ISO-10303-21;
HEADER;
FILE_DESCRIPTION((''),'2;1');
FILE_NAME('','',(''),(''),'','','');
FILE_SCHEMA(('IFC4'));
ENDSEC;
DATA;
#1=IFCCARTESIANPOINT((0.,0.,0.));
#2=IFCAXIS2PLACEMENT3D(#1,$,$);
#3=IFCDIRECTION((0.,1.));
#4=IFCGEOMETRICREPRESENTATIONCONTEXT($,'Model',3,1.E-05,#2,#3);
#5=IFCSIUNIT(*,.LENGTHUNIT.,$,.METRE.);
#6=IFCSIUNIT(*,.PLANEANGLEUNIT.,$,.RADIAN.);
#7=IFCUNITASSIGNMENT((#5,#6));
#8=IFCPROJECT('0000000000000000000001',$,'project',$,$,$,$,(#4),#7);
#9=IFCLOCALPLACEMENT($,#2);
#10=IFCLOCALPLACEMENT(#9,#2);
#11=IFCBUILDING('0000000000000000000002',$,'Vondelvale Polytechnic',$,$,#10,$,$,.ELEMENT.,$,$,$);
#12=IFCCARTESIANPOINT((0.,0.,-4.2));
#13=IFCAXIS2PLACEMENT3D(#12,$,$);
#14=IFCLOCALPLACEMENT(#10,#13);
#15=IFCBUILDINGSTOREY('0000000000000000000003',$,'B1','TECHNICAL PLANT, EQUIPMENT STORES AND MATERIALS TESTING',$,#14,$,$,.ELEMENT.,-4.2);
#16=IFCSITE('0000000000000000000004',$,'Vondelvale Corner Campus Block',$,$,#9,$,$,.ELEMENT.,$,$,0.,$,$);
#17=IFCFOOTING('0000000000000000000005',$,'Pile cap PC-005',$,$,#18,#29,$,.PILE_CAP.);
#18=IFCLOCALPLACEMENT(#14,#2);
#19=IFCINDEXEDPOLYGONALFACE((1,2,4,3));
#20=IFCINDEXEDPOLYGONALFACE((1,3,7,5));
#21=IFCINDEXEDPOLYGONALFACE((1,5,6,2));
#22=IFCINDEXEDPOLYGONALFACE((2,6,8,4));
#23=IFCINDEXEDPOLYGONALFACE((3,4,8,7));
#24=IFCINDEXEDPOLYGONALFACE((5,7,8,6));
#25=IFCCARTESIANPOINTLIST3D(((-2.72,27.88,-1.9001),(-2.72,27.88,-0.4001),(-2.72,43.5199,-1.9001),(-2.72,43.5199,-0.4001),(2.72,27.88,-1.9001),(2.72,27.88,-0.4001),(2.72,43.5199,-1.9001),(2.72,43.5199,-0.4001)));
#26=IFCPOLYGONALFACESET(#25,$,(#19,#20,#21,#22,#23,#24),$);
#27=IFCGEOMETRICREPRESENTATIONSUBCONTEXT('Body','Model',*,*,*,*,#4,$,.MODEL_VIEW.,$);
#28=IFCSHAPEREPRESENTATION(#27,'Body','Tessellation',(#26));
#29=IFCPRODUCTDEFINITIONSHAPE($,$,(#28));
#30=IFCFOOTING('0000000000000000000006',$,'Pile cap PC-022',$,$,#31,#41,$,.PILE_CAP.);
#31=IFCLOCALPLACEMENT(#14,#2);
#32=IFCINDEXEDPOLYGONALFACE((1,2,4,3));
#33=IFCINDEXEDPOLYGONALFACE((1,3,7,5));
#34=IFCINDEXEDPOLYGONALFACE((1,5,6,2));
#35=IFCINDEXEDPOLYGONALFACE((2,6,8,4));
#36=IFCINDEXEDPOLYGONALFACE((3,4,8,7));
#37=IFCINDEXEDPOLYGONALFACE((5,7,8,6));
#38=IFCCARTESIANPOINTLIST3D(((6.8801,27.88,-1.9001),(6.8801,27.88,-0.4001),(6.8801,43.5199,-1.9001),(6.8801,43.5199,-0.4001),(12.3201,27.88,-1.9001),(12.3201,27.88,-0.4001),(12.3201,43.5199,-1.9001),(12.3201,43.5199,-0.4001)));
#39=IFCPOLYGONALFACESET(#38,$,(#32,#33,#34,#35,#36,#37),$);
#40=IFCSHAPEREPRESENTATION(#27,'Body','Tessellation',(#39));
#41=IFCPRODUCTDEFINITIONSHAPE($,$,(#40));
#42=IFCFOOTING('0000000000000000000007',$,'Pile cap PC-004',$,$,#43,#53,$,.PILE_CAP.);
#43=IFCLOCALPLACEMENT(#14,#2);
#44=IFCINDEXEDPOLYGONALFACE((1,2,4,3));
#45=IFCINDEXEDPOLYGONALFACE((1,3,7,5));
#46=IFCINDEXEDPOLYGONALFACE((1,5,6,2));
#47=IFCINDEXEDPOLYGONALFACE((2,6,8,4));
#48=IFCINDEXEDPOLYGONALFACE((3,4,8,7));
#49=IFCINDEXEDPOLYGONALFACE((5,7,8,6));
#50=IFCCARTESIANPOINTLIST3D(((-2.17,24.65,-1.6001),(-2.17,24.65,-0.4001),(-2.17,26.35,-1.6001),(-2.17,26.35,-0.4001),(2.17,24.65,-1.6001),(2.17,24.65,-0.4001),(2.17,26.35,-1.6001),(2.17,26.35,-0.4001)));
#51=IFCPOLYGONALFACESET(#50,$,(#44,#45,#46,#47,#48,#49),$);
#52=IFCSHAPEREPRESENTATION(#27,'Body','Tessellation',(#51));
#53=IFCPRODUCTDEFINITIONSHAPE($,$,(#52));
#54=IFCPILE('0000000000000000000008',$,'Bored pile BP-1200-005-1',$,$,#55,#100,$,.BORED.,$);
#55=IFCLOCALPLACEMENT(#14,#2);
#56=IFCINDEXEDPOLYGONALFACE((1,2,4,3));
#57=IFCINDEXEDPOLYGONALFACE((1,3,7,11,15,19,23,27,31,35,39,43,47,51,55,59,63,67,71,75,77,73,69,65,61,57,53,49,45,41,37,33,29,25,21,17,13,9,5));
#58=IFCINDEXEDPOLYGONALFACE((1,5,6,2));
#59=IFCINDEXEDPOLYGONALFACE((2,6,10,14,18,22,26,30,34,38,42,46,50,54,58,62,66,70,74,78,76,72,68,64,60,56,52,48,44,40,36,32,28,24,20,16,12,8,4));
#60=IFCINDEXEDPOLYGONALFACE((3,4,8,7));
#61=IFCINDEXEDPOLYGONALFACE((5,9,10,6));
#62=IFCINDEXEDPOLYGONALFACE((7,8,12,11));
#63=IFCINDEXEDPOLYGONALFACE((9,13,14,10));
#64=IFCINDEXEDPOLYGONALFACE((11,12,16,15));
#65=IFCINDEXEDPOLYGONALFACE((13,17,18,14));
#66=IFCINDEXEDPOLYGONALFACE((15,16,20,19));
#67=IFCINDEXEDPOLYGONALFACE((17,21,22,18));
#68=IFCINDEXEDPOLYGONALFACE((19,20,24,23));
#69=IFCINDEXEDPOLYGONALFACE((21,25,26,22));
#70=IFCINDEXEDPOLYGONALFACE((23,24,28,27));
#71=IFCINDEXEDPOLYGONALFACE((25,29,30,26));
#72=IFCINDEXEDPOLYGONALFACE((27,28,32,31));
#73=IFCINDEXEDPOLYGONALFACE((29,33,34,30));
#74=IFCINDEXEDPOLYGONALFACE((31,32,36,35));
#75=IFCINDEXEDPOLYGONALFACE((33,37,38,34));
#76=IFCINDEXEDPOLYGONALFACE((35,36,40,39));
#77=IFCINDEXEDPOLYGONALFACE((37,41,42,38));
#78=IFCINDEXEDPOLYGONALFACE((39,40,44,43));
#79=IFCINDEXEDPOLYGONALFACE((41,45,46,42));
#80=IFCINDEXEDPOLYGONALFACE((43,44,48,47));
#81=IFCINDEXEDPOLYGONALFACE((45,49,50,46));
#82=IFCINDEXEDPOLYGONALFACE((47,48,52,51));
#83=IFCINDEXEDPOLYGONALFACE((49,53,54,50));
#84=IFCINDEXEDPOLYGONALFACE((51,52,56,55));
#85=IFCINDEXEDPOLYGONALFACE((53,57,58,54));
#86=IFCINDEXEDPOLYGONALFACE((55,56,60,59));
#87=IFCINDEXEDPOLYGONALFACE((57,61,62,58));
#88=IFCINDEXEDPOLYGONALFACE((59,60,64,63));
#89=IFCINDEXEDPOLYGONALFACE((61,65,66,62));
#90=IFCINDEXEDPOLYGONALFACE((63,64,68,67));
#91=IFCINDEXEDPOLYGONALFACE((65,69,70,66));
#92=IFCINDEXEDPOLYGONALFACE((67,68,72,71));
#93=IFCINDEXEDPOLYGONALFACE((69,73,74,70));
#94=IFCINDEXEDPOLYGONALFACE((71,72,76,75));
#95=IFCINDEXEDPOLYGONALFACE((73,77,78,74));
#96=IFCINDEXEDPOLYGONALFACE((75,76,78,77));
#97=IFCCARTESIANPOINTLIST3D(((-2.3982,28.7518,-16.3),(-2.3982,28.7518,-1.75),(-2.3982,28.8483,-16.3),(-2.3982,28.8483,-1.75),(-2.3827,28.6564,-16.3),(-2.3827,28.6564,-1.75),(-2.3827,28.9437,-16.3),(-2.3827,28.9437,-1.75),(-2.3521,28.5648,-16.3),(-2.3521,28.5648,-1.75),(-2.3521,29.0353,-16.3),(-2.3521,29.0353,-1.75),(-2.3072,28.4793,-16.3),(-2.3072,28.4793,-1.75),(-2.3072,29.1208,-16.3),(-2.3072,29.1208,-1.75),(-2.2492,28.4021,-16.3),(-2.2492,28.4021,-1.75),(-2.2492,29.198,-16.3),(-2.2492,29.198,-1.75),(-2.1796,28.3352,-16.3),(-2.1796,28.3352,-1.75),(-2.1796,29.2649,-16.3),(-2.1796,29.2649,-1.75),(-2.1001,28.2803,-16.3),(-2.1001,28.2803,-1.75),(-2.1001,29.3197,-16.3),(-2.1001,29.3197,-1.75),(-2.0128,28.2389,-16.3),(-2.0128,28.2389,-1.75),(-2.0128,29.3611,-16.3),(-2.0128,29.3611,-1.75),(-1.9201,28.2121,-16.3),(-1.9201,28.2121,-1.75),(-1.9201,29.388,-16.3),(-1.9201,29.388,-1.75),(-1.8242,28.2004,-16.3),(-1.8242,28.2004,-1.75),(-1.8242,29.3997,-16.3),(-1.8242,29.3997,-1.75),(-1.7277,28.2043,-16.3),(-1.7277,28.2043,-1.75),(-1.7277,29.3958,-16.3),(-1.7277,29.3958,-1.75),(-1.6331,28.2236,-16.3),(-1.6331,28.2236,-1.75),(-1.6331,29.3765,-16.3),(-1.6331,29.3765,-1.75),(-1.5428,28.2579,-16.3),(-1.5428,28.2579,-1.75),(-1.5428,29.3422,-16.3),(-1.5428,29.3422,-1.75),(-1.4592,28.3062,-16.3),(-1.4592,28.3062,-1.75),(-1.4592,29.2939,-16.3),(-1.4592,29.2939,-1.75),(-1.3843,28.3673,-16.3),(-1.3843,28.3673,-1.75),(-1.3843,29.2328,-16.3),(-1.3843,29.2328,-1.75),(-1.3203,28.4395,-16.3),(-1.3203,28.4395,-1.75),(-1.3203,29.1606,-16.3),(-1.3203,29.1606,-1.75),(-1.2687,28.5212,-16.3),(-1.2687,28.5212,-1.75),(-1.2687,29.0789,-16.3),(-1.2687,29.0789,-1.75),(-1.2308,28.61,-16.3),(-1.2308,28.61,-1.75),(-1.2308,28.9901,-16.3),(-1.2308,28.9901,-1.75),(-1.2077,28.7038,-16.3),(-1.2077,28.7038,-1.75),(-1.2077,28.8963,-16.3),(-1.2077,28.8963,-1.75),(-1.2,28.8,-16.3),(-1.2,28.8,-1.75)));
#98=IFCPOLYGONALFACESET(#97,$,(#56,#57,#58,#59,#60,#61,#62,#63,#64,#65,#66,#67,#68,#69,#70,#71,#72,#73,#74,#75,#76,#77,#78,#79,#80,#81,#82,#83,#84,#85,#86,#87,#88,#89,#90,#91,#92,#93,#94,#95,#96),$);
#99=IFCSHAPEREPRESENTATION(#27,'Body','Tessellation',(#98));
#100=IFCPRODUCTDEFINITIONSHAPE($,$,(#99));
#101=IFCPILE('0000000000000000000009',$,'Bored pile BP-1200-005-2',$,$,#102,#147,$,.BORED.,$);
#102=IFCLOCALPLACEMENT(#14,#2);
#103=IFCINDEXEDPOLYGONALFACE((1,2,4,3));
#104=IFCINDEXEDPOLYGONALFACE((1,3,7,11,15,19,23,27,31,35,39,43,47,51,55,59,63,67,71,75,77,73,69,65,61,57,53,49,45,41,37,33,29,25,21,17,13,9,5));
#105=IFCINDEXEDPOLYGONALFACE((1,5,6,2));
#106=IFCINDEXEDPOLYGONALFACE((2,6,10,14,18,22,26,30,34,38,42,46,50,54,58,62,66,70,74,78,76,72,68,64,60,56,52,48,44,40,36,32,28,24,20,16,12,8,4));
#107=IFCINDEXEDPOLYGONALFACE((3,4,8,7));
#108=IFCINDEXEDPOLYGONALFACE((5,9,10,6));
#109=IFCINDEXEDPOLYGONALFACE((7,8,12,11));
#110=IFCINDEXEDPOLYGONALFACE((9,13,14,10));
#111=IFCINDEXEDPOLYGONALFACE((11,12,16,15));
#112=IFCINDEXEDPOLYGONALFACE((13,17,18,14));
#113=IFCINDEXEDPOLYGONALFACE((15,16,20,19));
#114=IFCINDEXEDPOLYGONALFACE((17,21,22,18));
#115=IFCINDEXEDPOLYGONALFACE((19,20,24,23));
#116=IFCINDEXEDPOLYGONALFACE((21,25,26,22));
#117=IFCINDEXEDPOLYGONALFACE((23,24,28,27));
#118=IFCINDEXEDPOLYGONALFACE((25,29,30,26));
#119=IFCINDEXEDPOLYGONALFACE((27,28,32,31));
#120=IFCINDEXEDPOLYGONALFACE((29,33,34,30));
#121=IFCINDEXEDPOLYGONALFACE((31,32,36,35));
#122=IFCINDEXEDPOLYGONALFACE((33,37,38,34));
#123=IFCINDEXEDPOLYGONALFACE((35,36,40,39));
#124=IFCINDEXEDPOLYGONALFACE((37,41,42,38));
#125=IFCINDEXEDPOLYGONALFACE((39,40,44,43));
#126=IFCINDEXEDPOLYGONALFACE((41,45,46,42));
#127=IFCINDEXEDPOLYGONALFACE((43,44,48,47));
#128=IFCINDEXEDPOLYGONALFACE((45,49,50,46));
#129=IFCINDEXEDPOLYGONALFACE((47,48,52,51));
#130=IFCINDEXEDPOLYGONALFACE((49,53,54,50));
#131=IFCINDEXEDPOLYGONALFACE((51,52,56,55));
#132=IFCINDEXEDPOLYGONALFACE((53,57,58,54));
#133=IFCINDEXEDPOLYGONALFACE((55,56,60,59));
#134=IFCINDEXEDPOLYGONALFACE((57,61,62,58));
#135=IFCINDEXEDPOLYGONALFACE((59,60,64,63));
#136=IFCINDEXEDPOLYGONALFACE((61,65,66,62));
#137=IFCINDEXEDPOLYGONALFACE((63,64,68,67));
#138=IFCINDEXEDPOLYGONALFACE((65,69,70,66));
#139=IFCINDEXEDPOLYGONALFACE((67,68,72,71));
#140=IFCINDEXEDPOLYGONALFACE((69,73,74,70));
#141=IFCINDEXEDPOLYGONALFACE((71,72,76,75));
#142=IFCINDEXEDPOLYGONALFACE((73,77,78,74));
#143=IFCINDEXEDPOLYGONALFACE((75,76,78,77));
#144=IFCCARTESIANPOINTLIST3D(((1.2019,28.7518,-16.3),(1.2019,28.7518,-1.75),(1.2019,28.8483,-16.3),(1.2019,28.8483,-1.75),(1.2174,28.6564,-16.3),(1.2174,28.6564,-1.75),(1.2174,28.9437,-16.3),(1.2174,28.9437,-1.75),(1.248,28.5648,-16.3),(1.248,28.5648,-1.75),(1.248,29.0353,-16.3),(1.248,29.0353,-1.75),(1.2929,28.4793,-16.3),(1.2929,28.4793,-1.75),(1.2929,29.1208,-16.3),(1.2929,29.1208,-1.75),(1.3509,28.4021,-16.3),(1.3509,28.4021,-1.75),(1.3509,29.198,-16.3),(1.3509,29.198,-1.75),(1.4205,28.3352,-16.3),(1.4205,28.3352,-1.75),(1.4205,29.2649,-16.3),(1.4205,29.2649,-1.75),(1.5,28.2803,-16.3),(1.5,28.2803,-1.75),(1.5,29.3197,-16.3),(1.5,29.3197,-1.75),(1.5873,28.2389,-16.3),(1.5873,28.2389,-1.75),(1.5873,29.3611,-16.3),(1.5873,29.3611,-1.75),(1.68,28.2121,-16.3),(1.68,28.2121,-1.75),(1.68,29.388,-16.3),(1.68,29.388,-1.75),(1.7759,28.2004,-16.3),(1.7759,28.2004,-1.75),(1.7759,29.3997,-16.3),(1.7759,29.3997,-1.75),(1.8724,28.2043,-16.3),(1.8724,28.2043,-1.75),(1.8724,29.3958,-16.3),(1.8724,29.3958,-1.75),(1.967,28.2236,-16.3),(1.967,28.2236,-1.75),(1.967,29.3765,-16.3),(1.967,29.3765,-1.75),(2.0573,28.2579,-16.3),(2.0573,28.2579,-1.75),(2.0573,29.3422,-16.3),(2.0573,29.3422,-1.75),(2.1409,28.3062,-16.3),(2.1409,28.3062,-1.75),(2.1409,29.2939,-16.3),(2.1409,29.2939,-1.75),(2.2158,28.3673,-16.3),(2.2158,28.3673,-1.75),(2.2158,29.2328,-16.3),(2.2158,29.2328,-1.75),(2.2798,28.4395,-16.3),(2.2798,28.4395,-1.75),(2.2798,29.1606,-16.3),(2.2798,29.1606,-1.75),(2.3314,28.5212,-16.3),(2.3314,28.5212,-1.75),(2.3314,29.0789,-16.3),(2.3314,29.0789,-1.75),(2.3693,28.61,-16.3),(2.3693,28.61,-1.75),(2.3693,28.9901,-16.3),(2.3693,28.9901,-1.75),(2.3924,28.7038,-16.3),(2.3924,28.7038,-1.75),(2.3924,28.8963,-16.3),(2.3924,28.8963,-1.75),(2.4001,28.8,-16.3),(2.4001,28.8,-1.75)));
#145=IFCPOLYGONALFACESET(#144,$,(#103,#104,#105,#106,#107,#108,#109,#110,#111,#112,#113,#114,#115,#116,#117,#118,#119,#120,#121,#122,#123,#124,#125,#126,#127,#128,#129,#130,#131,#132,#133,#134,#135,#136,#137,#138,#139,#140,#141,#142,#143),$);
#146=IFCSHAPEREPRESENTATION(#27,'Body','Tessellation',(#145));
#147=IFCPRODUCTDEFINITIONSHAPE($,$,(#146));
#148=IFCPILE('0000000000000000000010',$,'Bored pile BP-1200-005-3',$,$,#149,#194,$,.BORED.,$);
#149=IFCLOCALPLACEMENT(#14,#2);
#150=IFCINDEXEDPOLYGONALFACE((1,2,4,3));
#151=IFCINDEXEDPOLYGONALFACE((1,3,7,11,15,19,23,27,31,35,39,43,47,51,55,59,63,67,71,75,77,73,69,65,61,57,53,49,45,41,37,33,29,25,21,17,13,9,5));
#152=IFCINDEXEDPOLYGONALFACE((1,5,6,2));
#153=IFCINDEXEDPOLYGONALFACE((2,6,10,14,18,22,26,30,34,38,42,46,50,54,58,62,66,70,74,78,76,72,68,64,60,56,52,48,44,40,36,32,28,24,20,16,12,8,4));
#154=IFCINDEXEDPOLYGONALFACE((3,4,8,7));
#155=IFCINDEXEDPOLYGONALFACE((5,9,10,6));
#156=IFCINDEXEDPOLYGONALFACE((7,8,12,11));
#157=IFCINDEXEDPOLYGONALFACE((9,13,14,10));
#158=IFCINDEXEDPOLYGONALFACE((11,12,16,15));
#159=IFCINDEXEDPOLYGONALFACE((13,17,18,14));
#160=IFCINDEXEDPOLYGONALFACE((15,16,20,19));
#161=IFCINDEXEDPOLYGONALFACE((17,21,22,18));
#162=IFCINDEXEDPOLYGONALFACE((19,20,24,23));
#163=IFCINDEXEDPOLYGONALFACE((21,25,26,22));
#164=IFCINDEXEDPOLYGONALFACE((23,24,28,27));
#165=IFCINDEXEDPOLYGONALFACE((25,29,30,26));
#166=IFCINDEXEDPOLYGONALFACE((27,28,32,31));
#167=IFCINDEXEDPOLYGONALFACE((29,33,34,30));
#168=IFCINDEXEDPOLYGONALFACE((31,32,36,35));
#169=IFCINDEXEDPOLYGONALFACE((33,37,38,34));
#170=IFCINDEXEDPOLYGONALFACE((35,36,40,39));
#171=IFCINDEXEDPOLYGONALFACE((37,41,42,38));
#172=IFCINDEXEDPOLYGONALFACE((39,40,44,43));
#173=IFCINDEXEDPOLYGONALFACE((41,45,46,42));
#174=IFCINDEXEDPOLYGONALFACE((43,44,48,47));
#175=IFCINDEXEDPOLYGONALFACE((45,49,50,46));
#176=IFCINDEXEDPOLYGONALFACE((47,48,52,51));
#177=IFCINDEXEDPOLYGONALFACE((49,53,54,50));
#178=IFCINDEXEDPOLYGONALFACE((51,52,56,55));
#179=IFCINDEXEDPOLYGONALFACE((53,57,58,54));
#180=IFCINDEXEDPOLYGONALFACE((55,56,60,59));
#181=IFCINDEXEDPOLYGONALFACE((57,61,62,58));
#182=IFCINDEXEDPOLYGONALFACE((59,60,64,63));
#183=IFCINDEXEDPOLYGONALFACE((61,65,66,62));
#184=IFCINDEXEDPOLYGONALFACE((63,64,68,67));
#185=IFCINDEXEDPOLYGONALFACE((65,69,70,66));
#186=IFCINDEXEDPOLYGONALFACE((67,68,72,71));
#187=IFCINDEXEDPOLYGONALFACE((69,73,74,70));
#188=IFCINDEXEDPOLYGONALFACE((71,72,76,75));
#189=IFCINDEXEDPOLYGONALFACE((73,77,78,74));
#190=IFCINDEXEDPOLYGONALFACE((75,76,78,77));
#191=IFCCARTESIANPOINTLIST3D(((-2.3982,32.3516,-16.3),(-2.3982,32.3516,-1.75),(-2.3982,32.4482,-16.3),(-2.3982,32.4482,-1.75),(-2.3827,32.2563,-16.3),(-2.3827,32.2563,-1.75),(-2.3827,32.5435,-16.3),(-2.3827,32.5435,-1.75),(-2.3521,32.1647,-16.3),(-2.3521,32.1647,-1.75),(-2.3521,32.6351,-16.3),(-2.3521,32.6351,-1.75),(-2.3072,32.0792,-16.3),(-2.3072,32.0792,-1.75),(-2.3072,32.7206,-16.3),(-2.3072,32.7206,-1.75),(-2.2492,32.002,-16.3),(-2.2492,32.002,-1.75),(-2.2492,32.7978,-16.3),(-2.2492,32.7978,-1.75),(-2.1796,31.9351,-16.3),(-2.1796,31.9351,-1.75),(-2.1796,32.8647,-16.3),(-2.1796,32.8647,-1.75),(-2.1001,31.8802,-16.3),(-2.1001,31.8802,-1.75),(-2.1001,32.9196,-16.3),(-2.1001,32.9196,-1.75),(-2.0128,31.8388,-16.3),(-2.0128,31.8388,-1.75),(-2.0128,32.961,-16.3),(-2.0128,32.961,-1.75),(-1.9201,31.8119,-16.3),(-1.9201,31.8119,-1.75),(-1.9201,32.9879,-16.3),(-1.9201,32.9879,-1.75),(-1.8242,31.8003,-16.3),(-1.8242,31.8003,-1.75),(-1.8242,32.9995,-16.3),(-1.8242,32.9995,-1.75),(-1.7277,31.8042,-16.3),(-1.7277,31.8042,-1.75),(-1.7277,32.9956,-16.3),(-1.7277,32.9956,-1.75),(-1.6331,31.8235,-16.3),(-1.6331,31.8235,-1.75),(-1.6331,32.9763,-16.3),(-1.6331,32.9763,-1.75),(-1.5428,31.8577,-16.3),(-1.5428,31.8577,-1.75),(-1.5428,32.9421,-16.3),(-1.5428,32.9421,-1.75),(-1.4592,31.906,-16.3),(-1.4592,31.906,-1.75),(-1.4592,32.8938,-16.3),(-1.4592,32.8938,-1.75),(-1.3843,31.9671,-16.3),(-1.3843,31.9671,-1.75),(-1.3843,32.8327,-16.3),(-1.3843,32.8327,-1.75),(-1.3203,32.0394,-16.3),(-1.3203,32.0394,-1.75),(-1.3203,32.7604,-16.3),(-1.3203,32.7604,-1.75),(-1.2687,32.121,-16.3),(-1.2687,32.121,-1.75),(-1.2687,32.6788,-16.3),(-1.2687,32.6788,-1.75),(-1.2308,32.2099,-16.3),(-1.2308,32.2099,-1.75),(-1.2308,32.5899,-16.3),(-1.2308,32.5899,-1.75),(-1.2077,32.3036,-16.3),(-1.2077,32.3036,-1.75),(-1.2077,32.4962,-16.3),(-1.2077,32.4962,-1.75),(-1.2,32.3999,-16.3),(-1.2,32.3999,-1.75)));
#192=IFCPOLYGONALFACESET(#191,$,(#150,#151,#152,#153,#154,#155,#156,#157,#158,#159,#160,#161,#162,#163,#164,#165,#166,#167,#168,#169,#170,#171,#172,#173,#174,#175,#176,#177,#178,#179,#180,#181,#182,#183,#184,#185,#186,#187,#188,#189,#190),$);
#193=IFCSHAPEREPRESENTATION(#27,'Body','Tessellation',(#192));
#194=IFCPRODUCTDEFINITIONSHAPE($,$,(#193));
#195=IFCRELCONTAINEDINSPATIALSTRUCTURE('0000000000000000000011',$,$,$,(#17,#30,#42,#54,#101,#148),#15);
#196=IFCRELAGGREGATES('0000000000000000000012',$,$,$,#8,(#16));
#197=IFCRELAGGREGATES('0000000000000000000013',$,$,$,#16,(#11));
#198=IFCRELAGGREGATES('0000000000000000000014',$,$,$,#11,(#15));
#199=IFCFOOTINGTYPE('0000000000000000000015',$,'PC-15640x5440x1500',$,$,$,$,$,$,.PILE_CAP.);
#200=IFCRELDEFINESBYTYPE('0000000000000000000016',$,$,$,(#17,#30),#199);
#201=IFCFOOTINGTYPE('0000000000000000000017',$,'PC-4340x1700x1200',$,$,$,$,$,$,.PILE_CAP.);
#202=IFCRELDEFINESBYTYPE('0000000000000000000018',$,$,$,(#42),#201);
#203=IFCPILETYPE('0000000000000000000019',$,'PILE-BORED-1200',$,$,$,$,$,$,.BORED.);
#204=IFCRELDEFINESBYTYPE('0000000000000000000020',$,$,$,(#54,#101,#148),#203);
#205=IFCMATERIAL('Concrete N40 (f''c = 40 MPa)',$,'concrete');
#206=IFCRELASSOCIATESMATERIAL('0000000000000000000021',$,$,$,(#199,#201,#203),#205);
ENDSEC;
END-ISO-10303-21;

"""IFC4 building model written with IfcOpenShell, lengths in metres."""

from ifc_helpers import new_model, si_unit, direction, frame, origin, origin_2d, place, context, subcontext, project, spatial, rectangle, circle, extrude, material, material_profile, profile_set, type_object, element, save


model = new_model("IFC4")

# Units and contexts
model_context = context("Model", 3, precision=1e-05, world=origin(), true_north=direction((0.0, 1.0)))
body_context = subcontext(model_context, "Body", "Model", "MODEL_VIEW")
ifc_project = project(units=[si_unit("LENGTHUNIT", "METRE"), si_unit("PLANEANGLEUNIT", "RADIAN")], contexts=[model_context])

# Site, building, storey
site_placement = place(None, origin())
site = spatial("IfcSite", under=ifc_project, at=site_placement, Name="Vondelvale Corner Campus Block", CompositionType="ELEMENT", RefElevation=0.0)
building_placement = place(site_placement, origin())
building = spatial("IfcBuilding", under=site, at=building_placement, Name="Vondelvale Polytechnic", CompositionType="ELEMENT")
storey_placement = place(building_placement, frame((0.0, 0.0, -4.2)))
storey = spatial("IfcBuildingStorey", under=building, at=storey_placement, Name="B1", Description="TECHNICAL PLANT, EQUIPMENT STORES AND MATERIALS TESTING", CompositionType="ELEMENT", Elevation=-4.2)

# Footings
ifc_material_1 = material(Name="Concrete N40 (f'c = 40 MPa)", Category="concrete")
footing_type_1 = type_object("IfcFootingType", Name="PC-15640x5440x1500", PredefinedType="PILE_CAP", material=ifc_material_1)
for number, where, z_axis, x_axis, name in (
    (1, (0.0, 35.7, -1.9001), (0.0, 0.0, 1.0), (1.0, 0.0, 0.0), "Pile cap PC-005"),
    (2, (9.6001, 35.7, -1.9001), (0.0, 0.0, 1.0), (1.0, 0.0, 0.0), "Pile cap PC-022"),
):
    element("IfcFooting", number, at=place(storey_placement, frame(where, z_axis=z_axis, x_axis=x_axis)), inside=storey, type_object=footing_type_1, Name=name, PredefinedType="PILE_CAP", context=body_context, shape_type="SweptSolid", body=[
        extrude(rectangle(XDim=5.4399, YDim=15.6399, at=origin_2d()), origin(), (0.0, 0.0, 1.0), 1.5),
    ])
footing_type_2 = type_object("IfcFootingType", Name="PC-4340x1700x1200", PredefinedType="PILE_CAP", material=ifc_material_1)
footing_placement = place(storey_placement, frame((0.0, 25.5, -1.6001), z_axis=(0.0, 0.0, 1.0), x_axis=(1.0, 0.0, 0.0)))
element("IfcFooting", 3, at=footing_placement, inside=storey, type_object=footing_type_2, Name="Pile cap PC-004", PredefinedType="PILE_CAP", context=body_context, shape_type="SweptSolid", body=[
    extrude(rectangle(XDim=4.3401, YDim=1.7, at=origin_2d()), origin(), (0.0, 0.0, 1.0), 1.2),
])

# Piles
ifc_material_profile_1 = material_profile(ifc_material_1, circle(Radius=0.6001, at=origin_2d()), Name="PILE-D1200")
ifc_profile_set_1 = profile_set([ifc_material_profile_1], Name="Concrete N40 (f'c = 40 MPa)")
pile_type_1 = type_object("IfcPileType", Name="PILE-BORED-1200", PredefinedType="BORED", material=ifc_profile_set_1)
for number, where, z_axis, x_axis, name in (
    (4, (-1.8, 28.8, -1.75), (0.0, 0.0, -1.0), (1.0, 0.0, 0.0), "Bored pile BP-1200-005-1"),
    (5, (1.8, 28.8, -1.75), (0.0, 0.0, -1.0), (1.0, 0.0, 0.0), "Bored pile BP-1200-005-2"),
    (6, (-1.8, 32.3999, -1.75), (0.0, 0.0, -1.0), (1.0, 0.0, 0.0), "Bored pile BP-1200-005-3"),
):
    element("IfcPile", number, at=place(storey_placement, frame(where, z_axis=z_axis, x_axis=x_axis)), inside=storey, type_object=pile_type_1, Name=name, PredefinedType="BORED", context=body_context, shape_type="SweptSolid", body=[
        extrude(circle(Radius=0.6001, at=origin_2d()), origin(), (0.0, 0.0, 1.0), 14.55),
    ])

save(model, "model.ifc")
